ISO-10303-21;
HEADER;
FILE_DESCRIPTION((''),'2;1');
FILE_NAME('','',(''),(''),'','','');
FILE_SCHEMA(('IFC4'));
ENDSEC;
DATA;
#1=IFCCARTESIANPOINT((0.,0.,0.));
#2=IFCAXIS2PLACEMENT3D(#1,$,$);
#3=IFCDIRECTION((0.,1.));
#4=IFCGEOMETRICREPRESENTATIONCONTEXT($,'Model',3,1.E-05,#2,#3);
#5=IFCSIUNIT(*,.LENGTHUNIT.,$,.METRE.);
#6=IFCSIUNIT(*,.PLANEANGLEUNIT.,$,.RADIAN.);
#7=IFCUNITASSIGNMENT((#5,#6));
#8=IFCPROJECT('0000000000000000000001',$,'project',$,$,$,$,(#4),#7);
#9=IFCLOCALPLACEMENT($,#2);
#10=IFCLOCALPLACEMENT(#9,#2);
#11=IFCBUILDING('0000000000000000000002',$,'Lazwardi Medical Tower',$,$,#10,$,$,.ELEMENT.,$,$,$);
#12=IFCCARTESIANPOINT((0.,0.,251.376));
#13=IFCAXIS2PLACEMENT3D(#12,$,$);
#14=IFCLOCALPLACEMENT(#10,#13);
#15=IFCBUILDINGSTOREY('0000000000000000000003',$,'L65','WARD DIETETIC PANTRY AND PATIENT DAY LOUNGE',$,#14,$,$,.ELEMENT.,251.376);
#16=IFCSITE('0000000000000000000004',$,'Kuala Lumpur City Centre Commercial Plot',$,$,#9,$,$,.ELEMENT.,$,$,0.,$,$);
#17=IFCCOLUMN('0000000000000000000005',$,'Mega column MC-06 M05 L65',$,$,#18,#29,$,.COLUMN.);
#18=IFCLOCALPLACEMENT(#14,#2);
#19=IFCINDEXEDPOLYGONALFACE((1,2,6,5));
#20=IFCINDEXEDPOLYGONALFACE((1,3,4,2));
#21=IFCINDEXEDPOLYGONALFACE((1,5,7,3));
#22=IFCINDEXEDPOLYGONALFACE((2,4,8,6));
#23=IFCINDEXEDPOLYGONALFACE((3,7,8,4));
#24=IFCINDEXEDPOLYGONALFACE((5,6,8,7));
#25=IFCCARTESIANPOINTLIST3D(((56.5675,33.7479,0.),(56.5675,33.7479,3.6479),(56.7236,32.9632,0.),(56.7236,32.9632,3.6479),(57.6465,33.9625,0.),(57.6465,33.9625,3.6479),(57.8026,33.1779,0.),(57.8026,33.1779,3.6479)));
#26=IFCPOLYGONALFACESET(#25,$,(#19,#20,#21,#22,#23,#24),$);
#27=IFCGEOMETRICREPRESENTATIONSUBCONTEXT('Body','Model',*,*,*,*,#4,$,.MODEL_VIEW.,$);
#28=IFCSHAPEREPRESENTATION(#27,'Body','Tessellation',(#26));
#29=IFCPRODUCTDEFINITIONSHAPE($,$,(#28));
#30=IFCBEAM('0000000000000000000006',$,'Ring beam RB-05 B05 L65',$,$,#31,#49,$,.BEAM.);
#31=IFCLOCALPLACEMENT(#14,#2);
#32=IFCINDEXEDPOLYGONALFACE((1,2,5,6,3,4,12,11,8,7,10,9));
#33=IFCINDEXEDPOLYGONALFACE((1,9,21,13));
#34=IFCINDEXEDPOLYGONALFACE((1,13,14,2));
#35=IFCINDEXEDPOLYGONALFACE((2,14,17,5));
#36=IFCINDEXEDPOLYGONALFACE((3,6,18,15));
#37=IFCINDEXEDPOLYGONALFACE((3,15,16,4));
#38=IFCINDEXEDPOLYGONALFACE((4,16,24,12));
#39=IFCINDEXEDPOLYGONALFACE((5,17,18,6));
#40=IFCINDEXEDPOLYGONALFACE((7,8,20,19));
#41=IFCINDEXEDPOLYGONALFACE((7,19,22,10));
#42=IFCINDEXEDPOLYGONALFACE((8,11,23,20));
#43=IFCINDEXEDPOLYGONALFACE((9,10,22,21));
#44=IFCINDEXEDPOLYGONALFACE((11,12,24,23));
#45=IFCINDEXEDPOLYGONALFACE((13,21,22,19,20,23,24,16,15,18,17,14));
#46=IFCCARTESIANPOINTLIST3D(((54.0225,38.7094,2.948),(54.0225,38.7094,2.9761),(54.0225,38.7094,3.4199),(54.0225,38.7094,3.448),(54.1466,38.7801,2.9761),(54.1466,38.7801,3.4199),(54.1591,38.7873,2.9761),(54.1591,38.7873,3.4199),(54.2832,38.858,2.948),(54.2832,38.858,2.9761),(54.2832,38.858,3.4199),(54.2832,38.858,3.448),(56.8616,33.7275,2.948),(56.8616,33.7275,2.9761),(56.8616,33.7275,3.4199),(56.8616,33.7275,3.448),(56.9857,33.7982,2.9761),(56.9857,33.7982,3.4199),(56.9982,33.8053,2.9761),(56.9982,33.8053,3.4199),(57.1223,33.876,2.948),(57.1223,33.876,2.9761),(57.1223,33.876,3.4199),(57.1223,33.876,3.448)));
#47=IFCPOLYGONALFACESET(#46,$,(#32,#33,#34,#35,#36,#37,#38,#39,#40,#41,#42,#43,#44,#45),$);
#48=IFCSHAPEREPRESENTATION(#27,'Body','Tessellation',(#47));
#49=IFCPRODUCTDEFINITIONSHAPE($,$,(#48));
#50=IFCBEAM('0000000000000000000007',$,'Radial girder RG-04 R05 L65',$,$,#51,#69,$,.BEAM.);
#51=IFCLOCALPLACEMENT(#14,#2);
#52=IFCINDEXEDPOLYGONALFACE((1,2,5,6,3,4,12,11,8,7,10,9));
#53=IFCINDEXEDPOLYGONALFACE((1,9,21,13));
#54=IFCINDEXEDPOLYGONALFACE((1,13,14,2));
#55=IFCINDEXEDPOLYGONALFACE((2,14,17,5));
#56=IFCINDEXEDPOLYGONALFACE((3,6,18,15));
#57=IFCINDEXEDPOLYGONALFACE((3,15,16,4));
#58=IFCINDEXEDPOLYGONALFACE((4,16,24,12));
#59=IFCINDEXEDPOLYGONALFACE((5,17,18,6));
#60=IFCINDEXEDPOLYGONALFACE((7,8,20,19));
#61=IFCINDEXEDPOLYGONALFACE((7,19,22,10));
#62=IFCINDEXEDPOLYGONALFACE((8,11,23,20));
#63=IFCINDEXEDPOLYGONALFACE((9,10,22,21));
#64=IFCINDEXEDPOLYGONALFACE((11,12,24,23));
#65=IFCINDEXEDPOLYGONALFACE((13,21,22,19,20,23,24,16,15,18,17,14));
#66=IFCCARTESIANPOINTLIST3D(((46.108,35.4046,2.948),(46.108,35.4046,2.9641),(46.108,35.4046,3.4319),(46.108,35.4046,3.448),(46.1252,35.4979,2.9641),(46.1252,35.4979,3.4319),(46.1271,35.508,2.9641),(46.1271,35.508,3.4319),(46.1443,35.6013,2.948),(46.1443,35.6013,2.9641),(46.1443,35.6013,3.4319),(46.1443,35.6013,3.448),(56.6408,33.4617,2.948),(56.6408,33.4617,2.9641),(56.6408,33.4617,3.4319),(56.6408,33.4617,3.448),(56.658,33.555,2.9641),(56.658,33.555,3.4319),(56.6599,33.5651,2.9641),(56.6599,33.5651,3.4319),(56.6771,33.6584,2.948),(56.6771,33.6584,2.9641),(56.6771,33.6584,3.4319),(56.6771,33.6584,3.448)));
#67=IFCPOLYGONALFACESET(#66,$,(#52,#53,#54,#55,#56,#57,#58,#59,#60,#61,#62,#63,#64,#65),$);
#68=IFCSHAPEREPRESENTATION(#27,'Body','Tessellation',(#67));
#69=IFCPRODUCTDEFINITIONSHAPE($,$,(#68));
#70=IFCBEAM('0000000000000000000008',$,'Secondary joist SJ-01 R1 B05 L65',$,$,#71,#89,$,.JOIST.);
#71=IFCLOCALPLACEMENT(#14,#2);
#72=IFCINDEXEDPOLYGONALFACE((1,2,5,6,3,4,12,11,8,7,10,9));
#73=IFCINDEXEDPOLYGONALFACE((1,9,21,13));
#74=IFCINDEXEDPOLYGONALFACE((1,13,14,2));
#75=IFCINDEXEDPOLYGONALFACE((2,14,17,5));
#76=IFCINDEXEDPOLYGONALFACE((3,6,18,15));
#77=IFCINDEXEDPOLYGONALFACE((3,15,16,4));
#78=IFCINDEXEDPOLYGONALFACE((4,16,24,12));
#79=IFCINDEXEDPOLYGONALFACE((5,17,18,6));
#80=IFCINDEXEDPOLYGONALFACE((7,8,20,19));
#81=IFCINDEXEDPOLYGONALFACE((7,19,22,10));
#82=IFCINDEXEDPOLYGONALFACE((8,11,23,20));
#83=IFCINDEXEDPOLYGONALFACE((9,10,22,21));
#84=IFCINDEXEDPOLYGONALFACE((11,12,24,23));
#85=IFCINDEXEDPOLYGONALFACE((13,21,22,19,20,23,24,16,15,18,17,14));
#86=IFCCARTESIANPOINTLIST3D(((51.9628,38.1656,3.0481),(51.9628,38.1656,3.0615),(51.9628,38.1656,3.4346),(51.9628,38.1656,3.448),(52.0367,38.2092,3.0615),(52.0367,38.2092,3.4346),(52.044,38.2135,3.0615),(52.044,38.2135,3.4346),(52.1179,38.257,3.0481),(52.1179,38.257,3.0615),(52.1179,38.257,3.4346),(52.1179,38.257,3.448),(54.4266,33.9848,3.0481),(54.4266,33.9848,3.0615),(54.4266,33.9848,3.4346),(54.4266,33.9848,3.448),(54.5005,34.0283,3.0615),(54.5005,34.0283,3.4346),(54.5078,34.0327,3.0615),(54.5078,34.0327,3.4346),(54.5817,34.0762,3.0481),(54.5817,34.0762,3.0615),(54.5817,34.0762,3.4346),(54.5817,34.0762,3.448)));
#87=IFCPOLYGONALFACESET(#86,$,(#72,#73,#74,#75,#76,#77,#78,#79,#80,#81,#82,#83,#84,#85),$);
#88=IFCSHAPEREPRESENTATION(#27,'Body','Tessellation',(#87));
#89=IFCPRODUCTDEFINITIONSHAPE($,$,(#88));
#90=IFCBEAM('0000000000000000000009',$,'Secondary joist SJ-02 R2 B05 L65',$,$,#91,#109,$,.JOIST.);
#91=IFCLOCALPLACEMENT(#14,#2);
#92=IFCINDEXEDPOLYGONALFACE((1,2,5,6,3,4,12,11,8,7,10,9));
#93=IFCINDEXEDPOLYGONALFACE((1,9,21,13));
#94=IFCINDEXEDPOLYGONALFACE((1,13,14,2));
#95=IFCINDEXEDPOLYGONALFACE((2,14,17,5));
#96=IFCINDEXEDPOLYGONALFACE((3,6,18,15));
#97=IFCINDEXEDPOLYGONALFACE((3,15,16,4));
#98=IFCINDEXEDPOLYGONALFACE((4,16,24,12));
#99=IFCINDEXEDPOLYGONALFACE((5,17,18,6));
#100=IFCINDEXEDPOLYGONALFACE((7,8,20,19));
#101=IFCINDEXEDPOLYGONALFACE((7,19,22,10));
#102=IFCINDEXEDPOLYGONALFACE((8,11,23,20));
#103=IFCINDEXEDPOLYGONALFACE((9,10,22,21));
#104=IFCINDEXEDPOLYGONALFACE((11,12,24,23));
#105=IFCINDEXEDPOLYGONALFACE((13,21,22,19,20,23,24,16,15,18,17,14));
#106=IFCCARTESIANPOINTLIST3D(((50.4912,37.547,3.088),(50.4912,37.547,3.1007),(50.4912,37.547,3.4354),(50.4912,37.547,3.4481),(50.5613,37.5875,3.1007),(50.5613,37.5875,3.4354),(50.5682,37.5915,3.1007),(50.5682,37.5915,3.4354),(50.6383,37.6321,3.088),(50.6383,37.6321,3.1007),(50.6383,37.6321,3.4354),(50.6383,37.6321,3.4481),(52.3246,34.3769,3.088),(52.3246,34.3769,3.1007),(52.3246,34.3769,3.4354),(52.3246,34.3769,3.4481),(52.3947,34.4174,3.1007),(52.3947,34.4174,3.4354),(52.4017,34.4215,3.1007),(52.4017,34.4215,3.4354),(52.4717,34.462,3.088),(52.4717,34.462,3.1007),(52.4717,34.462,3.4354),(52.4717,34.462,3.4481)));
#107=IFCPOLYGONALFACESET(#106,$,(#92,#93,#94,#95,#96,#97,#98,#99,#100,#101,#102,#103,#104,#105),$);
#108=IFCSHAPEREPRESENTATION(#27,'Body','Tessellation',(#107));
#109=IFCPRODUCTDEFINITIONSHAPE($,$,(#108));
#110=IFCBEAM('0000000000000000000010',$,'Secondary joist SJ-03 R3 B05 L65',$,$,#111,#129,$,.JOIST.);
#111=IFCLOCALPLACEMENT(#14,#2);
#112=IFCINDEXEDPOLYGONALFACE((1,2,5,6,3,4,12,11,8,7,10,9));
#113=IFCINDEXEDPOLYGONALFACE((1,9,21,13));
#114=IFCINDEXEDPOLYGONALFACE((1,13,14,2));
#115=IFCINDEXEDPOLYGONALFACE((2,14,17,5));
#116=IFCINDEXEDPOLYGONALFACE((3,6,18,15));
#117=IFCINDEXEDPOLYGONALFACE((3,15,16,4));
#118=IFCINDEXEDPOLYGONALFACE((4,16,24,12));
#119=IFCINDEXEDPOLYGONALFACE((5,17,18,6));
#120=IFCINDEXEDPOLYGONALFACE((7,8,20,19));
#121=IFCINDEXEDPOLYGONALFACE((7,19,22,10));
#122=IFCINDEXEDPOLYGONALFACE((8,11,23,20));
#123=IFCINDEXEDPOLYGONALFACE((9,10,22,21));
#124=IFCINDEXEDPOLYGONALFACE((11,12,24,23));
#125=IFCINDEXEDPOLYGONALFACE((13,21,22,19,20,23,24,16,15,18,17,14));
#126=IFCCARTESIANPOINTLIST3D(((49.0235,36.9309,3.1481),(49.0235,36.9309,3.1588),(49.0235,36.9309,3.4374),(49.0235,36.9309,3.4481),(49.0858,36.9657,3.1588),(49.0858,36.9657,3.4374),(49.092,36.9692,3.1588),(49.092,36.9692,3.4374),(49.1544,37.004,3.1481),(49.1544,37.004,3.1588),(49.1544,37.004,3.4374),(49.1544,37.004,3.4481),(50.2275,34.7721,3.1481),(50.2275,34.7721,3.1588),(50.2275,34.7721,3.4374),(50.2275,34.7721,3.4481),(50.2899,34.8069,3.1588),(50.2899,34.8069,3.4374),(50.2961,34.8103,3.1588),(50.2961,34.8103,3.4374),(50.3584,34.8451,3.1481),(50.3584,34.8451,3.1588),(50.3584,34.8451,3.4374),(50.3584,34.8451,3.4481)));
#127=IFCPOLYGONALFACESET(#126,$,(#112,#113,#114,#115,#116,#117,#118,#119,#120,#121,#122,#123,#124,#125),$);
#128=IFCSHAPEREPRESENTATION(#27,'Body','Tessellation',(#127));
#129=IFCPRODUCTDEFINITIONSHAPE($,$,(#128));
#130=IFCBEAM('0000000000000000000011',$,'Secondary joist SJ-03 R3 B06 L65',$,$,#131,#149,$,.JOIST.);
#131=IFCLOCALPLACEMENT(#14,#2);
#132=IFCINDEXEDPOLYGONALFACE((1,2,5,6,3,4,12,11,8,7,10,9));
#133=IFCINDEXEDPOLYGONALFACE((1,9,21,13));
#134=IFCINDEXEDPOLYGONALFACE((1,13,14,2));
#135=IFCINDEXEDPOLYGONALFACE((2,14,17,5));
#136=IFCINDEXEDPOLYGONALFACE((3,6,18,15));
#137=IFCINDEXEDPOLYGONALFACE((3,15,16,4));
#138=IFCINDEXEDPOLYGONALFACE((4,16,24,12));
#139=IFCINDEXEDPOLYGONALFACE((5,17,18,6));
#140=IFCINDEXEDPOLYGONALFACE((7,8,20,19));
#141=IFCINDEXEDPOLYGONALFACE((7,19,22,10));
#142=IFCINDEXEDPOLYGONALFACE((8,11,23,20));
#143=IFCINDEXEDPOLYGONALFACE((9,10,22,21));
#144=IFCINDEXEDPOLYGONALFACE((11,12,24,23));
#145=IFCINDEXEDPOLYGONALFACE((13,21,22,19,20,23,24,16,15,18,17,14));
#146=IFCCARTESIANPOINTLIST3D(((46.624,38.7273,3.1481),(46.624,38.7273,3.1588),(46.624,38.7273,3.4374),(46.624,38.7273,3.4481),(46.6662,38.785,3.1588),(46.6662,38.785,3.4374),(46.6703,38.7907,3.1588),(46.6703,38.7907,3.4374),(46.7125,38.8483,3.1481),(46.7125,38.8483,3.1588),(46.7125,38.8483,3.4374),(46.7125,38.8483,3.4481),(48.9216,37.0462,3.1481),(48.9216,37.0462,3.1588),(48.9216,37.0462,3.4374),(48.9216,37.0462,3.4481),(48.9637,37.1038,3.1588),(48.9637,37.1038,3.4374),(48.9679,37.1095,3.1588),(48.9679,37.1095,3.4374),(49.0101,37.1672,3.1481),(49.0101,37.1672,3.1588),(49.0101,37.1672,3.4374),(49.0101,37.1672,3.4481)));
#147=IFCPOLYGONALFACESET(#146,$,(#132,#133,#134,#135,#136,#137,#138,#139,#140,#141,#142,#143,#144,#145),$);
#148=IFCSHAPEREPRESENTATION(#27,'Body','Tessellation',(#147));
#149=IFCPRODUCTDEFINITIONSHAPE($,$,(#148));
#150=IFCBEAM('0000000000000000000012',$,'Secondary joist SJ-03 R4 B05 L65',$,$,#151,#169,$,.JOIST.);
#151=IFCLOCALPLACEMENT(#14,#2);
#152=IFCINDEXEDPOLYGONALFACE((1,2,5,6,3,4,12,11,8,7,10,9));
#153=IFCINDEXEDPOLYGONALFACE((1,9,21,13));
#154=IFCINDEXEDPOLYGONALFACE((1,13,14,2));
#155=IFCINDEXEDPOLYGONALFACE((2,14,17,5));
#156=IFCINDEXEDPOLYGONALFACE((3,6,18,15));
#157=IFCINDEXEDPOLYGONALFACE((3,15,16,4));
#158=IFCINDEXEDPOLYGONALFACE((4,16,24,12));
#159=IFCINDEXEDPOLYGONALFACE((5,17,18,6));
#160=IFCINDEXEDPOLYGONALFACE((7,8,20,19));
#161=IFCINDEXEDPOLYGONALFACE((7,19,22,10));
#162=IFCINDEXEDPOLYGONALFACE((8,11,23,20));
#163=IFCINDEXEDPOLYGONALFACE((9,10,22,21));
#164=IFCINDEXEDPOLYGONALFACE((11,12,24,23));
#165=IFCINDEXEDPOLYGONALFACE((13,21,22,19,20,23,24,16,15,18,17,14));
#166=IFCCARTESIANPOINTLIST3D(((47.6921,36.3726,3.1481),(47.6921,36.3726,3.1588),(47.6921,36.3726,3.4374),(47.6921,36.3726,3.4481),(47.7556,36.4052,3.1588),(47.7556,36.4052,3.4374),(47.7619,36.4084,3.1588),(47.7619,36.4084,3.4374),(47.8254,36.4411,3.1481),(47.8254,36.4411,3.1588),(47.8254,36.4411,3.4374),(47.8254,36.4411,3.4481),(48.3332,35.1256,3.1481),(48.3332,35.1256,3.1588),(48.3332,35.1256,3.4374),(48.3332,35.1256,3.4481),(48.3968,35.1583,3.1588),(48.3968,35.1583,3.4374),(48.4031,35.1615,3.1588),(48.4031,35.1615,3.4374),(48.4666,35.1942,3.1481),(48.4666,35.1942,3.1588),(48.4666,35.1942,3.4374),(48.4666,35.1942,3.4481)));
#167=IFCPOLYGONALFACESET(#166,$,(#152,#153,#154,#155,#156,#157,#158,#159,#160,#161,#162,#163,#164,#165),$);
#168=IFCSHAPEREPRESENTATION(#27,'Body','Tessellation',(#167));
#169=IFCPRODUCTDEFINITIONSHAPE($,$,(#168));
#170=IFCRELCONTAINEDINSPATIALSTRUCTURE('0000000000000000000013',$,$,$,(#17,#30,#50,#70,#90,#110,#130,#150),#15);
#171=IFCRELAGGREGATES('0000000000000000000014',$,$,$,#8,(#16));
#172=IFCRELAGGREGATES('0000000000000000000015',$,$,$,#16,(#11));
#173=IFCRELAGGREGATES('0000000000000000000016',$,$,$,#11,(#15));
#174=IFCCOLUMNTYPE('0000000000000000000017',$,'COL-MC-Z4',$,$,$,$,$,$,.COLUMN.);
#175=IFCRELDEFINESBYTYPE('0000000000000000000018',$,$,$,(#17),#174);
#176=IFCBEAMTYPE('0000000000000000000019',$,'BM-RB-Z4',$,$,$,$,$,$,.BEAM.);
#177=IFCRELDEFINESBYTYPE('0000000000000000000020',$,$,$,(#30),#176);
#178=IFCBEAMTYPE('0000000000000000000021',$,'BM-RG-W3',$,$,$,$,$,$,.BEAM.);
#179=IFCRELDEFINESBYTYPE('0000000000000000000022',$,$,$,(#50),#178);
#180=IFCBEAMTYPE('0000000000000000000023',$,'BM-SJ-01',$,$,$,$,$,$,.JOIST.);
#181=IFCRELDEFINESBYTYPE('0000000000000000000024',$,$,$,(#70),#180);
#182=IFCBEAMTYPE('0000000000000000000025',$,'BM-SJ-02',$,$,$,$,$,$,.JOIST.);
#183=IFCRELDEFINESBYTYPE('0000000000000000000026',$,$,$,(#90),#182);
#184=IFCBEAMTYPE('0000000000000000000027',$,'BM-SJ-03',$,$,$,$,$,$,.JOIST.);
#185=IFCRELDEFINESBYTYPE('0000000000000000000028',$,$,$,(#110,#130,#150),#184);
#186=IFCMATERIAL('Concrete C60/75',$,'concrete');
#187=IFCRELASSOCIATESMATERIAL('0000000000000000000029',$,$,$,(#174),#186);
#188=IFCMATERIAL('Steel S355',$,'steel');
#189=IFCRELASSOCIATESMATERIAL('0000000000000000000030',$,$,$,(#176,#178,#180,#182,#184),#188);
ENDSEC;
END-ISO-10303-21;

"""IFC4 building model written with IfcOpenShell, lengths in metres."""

from ifc_helpers import new_model, si_unit, direction, frame, origin, origin_2d, place, context, subcontext, project, spatial, rectangle, i_section, extrude, material, material_profile, profile_set, type_object, element, save


model = new_model("IFC4")

# Units and contexts
model_context = context("Model", 3, precision=1e-05, world=origin(), true_north=direction((0.0, 1.0)))
body_context = subcontext(model_context, "Body", "Model", "MODEL_VIEW")
ifc_project = project(units=[si_unit("LENGTHUNIT", "METRE"), si_unit("PLANEANGLEUNIT", "RADIAN")], contexts=[model_context])

# Site, building, storey
site_placement = place(None, origin())
site = spatial("IfcSite", under=ifc_project, at=site_placement, Name="Kuala Lumpur City Centre Commercial Plot", CompositionType="ELEMENT", RefElevation=0.0)
building_placement = place(site_placement, origin())
building = spatial("IfcBuilding", under=site, at=building_placement, Name="Lazwardi Medical Tower", CompositionType="ELEMENT")
storey_placement = place(building_placement, frame((0.0, 0.0, 251.376)))
storey = spatial("IfcBuildingStorey", under=building, at=storey_placement, Name="L65", Description="WARD DIETETIC PANTRY AND PATIENT DAY LOUNGE", CompositionType="ELEMENT", Elevation=251.376)

# Column
ifc_material_1 = material(Name="Concrete C60/75", Category="concrete")
ifc_material_profile_1 = material_profile(ifc_material_1, rectangle(XDim=1.1001, YDim=0.8, at=origin_2d()), Name="CFT-RECT 1100x800")
ifc_profile_set_1 = profile_set([ifc_material_profile_1], Name="Concrete C60/75")
column_type = type_object("IfcColumnType", Name="COL-MC-Z4", PredefinedType="COLUMN", material=ifc_profile_set_1)
column_placement = place(storey_placement, frame((57.1851, 33.4629, 0.0), z_axis=(0.0, 0.0, 1.0), x_axis=(0.980785, 0.19509, 0.0)))
element("IfcColumn", 1, at=column_placement, inside=storey, type_object=column_type, Name="Mega column MC-06 M05 L65", PredefinedType="COLUMN", context=body_context, shape_type="SweptSolid", body=[
    extrude(rectangle(XDim=1.1001, YDim=0.8, at=origin_2d()), origin(), (0.0, 0.0, 1.0), 3.6479),
])

# Beams
ifc_material_2 = material(Name="Steel S355", Category="steel")
ifc_material_profile_2 = material_profile(ifc_material_2, i_section(OverallWidth=0.3, OverallDepth=0.5, WebThickness=0.0144, FlangeThickness=0.0281, at=origin_2d()), Name="HEB 500")
ifc_profile_set_2 = profile_set([ifc_material_profile_2], Name="Steel S355")
beam_type_1 = type_object("IfcBeamType", Name="BM-RB-Z4", PredefinedType="BEAM", material=ifc_profile_set_2)
beam_1_placement = place(storey_placement, frame((56.9919, 33.8018, 3.198), z_axis=(-0.495125, 0.868822, 0.0), x_axis=(-0.868822, -0.495125, 0.0)))
element("IfcBeam", 2, at=beam_1_placement, inside=storey, type_object=beam_type_1, Name="Ring beam RB-05 B05 L65", PredefinedType="BEAM", context=body_context, shape_type="SweptSolid", body=[
    extrude(i_section(OverallWidth=0.3, OverallDepth=0.5, WebThickness=0.0144, FlangeThickness=0.0281, at=origin_2d()), origin(), (0.0, 0.0, 1.0), 5.7341),
])
ifc_material_profile_3 = material_profile(ifc_material_2, i_section(OverallWidth=0.2, OverallDepth=0.5, WebThickness=0.0103, FlangeThickness=0.0161, at=origin_2d()), Name="IPE 500")
ifc_profile_set_3 = profile_set([ifc_material_profile_3], Name="Steel S355")
beam_type_2 = type_object("IfcBeamType", Name="BM-RG-W3", PredefinedType="BEAM", material=ifc_profile_set_3)
beam_2_placement = place(storey_placement, frame((56.6589, 33.5601, 3.198), z_axis=(-0.983409, 0.1814, 0.0), x_axis=(-0.1814, -0.983409, 0.0)))
element("IfcBeam", 3, at=beam_2_placement, inside=storey, type_object=beam_type_2, Name="Radial girder RG-04 R05 L65", PredefinedType="BEAM", context=body_context, shape_type="SweptSolid", body=[
    extrude(i_section(OverallWidth=0.2, OverallDepth=0.5, WebThickness=0.0103, FlangeThickness=0.0161, at=origin_2d()), origin(), (0.0, 0.0, 1.0), 10.7104),
])
ifc_material_profile_4 = material_profile(ifc_material_2, i_section(OverallWidth=0.1799, OverallDepth=0.3999, WebThickness=0.0085, FlangeThickness=0.0134, at=origin_2d()), Name="IPE 400")
ifc_profile_set_4 = profile_set([ifc_material_profile_4], Name="Steel S355")
beam_type_3 = type_object("IfcBeamType", Name="BM-SJ-01", PredefinedType="JOIST", material=ifc_profile_set_4)
beam_3_placement = place(storey_placement, frame((54.5042, 34.0305, 3.248), z_axis=(-0.50771, 0.861528, 0.0), x_axis=(-0.861528, -0.50771, 0.0)))
element("IfcBeam", 4, at=beam_3_placement, inside=storey, type_object=beam_type_3, Name="Secondary joist SJ-01 R1 B05 L65", PredefinedType="JOIST", context=body_context, shape_type="SweptSolid", body=[
    extrude(i_section(OverallWidth=0.1799, OverallDepth=0.3999, WebThickness=0.0085, FlangeThickness=0.0134, at=origin_2d()), origin(), (0.0, 0.0, 1.0), 4.8528),
])
ifc_material_profile_5 = material_profile(ifc_material_2, i_section(OverallWidth=0.1699, OverallDepth=0.3601, WebThickness=0.0081, FlangeThickness=0.0127, at=origin_2d()), Name="IPE 360")
ifc_profile_set_5 = profile_set([ifc_material_profile_5], Name="Steel S355")
beam_type_4 = type_object("IfcBeamType", Name="BM-SJ-02", PredefinedType="JOIST", material=ifc_profile_set_5)
beam_4_placement = place(storey_placement, frame((52.3982, 34.4194, 3.2681), z_axis=(-0.500655, 0.865647, 0.0), x_axis=(-0.865647, -0.500655, 0.0)))
element("IfcBeam", 5, at=beam_4_placement, inside=storey, type_object=beam_type_4, Name="Secondary joist SJ-02 R2 B05 L65", PredefinedType="JOIST", context=body_context, shape_type="SweptSolid", body=[
    extrude(i_section(OverallWidth=0.1699, OverallDepth=0.3601, WebThickness=0.0081, FlangeThickness=0.0127, at=origin_2d()), origin(), (0.0, 0.0, 1.0), 3.6621),
])
ifc_material_profile_6 = material_profile(ifc_material_2, i_section(OverallWidth=0.1499, OverallDepth=0.3, WebThickness=0.0071, FlangeThickness=0.0107, at=origin_2d()), Name="IPE 300")
ifc_profile_set_6 = profile_set([ifc_material_profile_6], Name="Steel S355")
beam_type_5 = type_object("IfcBeamType", Name="BM-SJ-03", PredefinedType="JOIST", material=ifc_profile_set_6)
beam_5_placement = place(storey_placement, frame((50.293, 34.8086, 3.2981), z_axis=(-0.487093, 0.87335, 0.0), x_axis=(-0.87335, -0.487093, 0.0)))
element("IfcBeam", 6, at=beam_5_placement, inside=storey, type_object=beam_type_5, Name="Secondary joist SJ-03 R3 B05 L65", PredefinedType="JOIST", context=body_context, shape_type="SweptSolid", body=[
    extrude(i_section(OverallWidth=0.1499, OverallDepth=0.3, WebThickness=0.0071, FlangeThickness=0.0107, at=origin_2d()), origin(), (0.0, 0.0, 1.0), 2.4719),
])
beam_6_placement = place(storey_placement, frame((48.9658, 37.1067, 3.2981), z_axis=(-0.807034, 0.590505, 0.0), x_axis=(-0.590505, -0.807034, 0.0)))
element("IfcBeam", 7, at=beam_6_placement, inside=storey, type_object=beam_type_5, Name="Secondary joist SJ-03 R3 B06 L65", PredefinedType="JOIST", context=body_context, shape_type="SweptSolid", body=[
    extrude(i_section(OverallWidth=0.1499, OverallDepth=0.3, WebThickness=0.0071, FlangeThickness=0.0107, at=origin_2d()), origin(), (0.0, 0.0, 1.0), 2.8469),
])
beam_7_placement = place(storey_placement, frame((48.3999, 35.1599, 3.2981), z_axis=(-0.457285, 0.88932, 0.0), x_axis=(-0.88932, -0.457285, 0.0)))
element("IfcBeam", 8, at=beam_7_placement, inside=storey, type_object=beam_type_5, Name="Secondary joist SJ-03 R4 B05 L65", PredefinedType="JOIST", context=body_context, shape_type="SweptSolid", body=[
    extrude(i_section(OverallWidth=0.1499, OverallDepth=0.3, WebThickness=0.0071, FlangeThickness=0.0107, at=origin_2d()), origin(), (0.0, 0.0, 1.0), 1.4021),
])

save(model, "model.ifc")
